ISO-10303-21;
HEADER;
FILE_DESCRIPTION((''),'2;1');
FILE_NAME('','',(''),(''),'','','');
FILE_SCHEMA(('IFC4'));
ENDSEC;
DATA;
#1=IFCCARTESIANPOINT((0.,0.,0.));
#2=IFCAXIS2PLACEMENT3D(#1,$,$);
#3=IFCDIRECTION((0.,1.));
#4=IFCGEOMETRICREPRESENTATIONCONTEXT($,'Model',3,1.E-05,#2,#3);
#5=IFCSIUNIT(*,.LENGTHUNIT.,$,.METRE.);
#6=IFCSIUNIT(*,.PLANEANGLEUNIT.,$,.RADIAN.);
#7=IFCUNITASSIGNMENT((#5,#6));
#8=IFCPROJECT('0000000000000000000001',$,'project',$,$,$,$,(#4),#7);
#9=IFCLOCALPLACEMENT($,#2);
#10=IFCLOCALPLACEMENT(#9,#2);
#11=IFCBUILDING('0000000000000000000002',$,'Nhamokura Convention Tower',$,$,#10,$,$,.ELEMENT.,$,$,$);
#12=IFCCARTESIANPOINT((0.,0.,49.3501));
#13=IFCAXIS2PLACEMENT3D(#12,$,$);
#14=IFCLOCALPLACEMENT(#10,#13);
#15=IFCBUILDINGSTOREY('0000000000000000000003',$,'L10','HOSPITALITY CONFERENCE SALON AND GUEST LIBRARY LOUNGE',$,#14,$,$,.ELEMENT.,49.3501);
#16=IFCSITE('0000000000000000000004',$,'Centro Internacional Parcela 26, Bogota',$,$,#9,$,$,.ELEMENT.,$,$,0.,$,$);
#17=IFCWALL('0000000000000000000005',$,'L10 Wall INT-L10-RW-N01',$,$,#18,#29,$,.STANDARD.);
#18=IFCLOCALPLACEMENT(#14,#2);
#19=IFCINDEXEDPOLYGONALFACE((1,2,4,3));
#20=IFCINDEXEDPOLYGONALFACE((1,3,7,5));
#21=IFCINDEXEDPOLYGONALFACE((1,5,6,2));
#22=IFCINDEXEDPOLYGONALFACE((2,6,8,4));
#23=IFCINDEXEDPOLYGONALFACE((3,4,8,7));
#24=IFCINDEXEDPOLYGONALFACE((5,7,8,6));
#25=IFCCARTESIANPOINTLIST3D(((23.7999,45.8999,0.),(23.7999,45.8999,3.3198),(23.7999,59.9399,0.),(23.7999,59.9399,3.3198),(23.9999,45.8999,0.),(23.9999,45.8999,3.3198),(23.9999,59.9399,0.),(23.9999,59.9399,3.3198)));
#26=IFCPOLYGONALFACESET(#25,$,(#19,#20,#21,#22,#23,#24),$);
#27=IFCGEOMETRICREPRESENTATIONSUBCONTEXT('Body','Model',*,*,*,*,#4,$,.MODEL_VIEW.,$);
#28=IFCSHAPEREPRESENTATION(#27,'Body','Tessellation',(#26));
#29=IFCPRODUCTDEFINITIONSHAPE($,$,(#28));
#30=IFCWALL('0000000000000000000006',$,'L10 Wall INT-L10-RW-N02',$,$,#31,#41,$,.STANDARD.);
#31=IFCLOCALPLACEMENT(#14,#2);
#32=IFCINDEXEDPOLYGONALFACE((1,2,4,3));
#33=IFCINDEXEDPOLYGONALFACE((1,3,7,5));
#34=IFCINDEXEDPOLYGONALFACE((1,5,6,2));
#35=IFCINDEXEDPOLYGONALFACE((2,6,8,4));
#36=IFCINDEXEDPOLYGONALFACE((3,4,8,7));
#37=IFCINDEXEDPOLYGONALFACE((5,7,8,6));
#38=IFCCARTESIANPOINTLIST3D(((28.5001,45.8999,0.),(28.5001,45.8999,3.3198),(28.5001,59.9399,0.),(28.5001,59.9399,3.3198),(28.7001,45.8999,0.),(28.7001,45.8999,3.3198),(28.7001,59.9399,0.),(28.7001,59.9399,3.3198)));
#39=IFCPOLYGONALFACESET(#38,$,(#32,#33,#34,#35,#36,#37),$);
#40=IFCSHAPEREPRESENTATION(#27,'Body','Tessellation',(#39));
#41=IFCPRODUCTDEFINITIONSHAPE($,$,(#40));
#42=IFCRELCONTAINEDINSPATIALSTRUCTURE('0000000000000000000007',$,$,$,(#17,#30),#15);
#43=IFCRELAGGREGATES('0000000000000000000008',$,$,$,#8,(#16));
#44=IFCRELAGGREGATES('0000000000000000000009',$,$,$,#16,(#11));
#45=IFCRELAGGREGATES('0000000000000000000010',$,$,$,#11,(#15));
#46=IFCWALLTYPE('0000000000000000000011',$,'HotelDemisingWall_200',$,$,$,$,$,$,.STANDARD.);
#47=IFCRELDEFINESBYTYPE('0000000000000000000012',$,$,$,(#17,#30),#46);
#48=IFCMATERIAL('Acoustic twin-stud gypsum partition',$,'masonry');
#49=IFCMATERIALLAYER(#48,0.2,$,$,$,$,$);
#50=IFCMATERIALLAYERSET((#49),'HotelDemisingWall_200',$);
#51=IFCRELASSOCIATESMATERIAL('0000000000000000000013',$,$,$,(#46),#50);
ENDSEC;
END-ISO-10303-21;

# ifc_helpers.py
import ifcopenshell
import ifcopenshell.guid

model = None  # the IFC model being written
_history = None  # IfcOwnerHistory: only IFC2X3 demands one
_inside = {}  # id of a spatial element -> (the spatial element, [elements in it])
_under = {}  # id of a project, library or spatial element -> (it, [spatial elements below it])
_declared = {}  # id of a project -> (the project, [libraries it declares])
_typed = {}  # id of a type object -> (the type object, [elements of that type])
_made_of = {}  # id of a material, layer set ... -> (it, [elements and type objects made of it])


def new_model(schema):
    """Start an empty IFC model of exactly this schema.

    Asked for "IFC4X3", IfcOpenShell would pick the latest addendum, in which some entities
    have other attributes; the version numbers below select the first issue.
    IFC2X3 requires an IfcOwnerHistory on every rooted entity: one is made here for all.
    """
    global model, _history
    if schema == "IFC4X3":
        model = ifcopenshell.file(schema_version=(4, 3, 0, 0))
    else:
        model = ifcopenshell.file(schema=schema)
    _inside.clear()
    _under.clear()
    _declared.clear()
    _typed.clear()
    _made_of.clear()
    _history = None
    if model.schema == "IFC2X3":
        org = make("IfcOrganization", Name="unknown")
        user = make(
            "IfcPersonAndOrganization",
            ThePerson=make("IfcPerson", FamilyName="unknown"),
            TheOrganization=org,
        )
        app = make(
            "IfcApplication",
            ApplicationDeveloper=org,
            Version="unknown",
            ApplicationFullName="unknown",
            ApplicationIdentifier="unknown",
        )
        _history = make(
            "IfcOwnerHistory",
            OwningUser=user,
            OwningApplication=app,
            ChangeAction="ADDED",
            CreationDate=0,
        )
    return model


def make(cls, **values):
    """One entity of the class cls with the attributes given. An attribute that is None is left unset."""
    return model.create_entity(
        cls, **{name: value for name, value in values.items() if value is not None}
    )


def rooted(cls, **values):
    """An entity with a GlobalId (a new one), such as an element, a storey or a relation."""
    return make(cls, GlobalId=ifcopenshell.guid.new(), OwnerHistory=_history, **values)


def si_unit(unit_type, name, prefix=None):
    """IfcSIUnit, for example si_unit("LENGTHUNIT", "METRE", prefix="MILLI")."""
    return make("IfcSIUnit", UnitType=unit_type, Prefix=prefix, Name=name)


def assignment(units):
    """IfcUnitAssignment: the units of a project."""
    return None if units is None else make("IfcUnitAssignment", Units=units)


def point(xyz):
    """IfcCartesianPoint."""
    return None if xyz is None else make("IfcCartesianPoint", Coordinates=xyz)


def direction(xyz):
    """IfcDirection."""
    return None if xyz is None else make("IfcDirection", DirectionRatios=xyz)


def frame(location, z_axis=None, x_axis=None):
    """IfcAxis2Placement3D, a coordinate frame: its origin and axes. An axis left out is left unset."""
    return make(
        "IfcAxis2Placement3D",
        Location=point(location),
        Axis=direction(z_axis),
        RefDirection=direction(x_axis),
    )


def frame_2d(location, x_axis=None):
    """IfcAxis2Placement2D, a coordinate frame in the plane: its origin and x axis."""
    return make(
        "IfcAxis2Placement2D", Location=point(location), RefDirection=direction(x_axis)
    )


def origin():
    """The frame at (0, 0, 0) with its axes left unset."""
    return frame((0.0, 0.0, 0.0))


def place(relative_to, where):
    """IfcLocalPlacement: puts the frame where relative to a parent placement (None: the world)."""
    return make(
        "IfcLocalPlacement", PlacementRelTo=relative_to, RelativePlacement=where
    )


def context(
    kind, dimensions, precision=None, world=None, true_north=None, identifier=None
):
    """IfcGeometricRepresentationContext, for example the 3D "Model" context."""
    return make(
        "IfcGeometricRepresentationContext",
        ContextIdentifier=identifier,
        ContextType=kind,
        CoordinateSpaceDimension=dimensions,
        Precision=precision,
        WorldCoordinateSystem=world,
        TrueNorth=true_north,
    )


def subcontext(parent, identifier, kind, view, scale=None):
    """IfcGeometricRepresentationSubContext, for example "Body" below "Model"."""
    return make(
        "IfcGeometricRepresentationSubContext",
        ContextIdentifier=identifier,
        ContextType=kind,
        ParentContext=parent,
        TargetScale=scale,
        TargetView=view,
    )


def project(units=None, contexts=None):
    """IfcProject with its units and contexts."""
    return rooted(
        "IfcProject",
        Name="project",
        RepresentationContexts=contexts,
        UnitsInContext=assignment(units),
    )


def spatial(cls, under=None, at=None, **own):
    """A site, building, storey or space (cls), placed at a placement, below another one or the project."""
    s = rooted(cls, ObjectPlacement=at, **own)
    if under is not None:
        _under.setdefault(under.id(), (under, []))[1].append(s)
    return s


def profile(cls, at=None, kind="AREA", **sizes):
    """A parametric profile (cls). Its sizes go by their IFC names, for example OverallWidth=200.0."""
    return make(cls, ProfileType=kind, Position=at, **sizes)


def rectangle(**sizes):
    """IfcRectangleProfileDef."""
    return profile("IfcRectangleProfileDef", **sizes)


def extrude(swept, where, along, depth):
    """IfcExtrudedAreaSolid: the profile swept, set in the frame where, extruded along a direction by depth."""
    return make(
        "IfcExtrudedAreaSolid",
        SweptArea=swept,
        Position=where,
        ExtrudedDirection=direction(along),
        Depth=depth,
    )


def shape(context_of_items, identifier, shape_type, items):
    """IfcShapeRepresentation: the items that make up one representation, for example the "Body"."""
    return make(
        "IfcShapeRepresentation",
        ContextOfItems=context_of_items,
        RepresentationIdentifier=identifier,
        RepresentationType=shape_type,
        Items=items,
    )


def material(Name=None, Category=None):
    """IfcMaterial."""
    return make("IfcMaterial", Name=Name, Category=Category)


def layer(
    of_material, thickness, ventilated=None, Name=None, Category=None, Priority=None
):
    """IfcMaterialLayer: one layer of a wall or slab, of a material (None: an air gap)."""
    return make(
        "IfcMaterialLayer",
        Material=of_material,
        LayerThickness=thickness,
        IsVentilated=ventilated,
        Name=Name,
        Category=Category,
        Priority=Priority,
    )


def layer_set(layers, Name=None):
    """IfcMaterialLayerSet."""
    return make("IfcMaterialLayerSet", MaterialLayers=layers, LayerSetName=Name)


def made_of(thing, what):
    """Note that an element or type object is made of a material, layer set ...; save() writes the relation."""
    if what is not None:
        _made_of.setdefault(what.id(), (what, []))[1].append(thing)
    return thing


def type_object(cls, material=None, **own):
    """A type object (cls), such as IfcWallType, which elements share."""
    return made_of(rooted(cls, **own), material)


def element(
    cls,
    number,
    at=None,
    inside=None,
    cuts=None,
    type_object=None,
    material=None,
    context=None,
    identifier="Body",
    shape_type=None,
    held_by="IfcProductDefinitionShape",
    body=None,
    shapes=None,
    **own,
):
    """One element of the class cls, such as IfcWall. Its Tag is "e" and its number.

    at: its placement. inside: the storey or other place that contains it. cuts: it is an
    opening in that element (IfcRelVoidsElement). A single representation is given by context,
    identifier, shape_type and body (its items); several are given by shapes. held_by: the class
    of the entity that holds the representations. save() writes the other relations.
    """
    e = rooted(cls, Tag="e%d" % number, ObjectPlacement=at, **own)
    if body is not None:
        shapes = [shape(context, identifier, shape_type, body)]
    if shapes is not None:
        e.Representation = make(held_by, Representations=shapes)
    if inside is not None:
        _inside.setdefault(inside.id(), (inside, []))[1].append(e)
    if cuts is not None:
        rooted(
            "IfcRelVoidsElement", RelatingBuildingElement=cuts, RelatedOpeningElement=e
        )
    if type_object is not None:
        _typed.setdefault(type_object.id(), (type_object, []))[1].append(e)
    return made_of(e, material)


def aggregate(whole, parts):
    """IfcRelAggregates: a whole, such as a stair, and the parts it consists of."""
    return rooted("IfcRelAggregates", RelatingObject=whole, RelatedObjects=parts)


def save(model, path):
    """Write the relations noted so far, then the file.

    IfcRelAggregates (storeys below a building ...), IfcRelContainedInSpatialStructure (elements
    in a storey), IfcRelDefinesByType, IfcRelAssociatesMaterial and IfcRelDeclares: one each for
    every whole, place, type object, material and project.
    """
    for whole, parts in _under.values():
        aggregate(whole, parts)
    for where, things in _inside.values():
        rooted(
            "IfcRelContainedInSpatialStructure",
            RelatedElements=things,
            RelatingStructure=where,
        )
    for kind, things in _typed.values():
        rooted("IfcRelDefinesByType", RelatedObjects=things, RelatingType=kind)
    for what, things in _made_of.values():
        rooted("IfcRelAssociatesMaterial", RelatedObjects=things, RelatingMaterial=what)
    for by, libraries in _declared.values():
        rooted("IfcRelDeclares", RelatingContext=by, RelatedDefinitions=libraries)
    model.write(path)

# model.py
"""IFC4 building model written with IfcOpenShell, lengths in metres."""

from ifc_helpers import new_model, si_unit, direction, frame, frame_2d, origin, place, context, subcontext, project, spatial, rectangle, extrude, material, layer, layer_set, type_object, element, save


model = new_model("IFC4")

# Units and contexts
model_context = context("Model", 3, precision=1e-05, world=origin(), true_north=direction((0.0, 1.0)))
body_context = subcontext(model_context, "Body", "Model", "MODEL_VIEW")
ifc_project = project(units=[si_unit("LENGTHUNIT", "METRE"), si_unit("PLANEANGLEUNIT", "RADIAN")], contexts=[model_context])

# Site, building, storey
site_placement = place(None, origin())
site = spatial("IfcSite", under=ifc_project, at=site_placement, Name="Centro Internacional Parcela 26, Bogota", CompositionType="ELEMENT", RefElevation=0.0)
building_placement = place(site_placement, origin())
building = spatial("IfcBuilding", under=site, at=building_placement, Name="Nhamokura Convention Tower", CompositionType="ELEMENT")
storey_placement = place(building_placement, frame((0.0, 0.0, 49.3501)))
storey = spatial("IfcBuildingStorey", under=building, at=storey_placement, Name="L10", Description="HOSPITALITY CONFERENCE SALON AND GUEST LIBRARY LOUNGE", CompositionType="ELEMENT", Elevation=49.3501)

# Walls
ifc_material_1 = material(Name="Acoustic twin-stud gypsum partition", Category="masonry")
ifc_layer_1 = layer(ifc_material_1, 0.2)
ifc_layer_set_1 = layer_set([ifc_layer_1], Name="HotelDemisingWall_200")
wall_type_1 = type_object("IfcWallType", Name="HotelDemisingWall_200", PredefinedType="STANDARD", material=ifc_layer_set_1)
for number, where, z_axis, x_axis, name in (
    (1, (23.8999, 45.8999, 0.0), (0.0, 0.0, 1.0), (0.0, 1.0, 0.0), "L10 Wall INT-L10-RW-N01"),
    (2, (28.6001, 45.8999, 0.0), (0.0, 0.0, 1.0), (0.0, 1.0, 0.0), "L10 Wall INT-L10-RW-N02"),
):
    element("IfcWall", number, at=place(storey_placement, frame(where, z_axis=z_axis, x_axis=x_axis)), inside=storey, type_object=wall_type_1, Name=name, PredefinedType="STANDARD", context=body_context, shape_type="SweptSolid", body=[
        extrude(rectangle(XDim=14.04, YDim=0.2, at=frame_2d((7.02, 0.0))), origin(), (0.0, 0.0, 1.0), 3.3198),
    ])

save(model, "model.ifc")
